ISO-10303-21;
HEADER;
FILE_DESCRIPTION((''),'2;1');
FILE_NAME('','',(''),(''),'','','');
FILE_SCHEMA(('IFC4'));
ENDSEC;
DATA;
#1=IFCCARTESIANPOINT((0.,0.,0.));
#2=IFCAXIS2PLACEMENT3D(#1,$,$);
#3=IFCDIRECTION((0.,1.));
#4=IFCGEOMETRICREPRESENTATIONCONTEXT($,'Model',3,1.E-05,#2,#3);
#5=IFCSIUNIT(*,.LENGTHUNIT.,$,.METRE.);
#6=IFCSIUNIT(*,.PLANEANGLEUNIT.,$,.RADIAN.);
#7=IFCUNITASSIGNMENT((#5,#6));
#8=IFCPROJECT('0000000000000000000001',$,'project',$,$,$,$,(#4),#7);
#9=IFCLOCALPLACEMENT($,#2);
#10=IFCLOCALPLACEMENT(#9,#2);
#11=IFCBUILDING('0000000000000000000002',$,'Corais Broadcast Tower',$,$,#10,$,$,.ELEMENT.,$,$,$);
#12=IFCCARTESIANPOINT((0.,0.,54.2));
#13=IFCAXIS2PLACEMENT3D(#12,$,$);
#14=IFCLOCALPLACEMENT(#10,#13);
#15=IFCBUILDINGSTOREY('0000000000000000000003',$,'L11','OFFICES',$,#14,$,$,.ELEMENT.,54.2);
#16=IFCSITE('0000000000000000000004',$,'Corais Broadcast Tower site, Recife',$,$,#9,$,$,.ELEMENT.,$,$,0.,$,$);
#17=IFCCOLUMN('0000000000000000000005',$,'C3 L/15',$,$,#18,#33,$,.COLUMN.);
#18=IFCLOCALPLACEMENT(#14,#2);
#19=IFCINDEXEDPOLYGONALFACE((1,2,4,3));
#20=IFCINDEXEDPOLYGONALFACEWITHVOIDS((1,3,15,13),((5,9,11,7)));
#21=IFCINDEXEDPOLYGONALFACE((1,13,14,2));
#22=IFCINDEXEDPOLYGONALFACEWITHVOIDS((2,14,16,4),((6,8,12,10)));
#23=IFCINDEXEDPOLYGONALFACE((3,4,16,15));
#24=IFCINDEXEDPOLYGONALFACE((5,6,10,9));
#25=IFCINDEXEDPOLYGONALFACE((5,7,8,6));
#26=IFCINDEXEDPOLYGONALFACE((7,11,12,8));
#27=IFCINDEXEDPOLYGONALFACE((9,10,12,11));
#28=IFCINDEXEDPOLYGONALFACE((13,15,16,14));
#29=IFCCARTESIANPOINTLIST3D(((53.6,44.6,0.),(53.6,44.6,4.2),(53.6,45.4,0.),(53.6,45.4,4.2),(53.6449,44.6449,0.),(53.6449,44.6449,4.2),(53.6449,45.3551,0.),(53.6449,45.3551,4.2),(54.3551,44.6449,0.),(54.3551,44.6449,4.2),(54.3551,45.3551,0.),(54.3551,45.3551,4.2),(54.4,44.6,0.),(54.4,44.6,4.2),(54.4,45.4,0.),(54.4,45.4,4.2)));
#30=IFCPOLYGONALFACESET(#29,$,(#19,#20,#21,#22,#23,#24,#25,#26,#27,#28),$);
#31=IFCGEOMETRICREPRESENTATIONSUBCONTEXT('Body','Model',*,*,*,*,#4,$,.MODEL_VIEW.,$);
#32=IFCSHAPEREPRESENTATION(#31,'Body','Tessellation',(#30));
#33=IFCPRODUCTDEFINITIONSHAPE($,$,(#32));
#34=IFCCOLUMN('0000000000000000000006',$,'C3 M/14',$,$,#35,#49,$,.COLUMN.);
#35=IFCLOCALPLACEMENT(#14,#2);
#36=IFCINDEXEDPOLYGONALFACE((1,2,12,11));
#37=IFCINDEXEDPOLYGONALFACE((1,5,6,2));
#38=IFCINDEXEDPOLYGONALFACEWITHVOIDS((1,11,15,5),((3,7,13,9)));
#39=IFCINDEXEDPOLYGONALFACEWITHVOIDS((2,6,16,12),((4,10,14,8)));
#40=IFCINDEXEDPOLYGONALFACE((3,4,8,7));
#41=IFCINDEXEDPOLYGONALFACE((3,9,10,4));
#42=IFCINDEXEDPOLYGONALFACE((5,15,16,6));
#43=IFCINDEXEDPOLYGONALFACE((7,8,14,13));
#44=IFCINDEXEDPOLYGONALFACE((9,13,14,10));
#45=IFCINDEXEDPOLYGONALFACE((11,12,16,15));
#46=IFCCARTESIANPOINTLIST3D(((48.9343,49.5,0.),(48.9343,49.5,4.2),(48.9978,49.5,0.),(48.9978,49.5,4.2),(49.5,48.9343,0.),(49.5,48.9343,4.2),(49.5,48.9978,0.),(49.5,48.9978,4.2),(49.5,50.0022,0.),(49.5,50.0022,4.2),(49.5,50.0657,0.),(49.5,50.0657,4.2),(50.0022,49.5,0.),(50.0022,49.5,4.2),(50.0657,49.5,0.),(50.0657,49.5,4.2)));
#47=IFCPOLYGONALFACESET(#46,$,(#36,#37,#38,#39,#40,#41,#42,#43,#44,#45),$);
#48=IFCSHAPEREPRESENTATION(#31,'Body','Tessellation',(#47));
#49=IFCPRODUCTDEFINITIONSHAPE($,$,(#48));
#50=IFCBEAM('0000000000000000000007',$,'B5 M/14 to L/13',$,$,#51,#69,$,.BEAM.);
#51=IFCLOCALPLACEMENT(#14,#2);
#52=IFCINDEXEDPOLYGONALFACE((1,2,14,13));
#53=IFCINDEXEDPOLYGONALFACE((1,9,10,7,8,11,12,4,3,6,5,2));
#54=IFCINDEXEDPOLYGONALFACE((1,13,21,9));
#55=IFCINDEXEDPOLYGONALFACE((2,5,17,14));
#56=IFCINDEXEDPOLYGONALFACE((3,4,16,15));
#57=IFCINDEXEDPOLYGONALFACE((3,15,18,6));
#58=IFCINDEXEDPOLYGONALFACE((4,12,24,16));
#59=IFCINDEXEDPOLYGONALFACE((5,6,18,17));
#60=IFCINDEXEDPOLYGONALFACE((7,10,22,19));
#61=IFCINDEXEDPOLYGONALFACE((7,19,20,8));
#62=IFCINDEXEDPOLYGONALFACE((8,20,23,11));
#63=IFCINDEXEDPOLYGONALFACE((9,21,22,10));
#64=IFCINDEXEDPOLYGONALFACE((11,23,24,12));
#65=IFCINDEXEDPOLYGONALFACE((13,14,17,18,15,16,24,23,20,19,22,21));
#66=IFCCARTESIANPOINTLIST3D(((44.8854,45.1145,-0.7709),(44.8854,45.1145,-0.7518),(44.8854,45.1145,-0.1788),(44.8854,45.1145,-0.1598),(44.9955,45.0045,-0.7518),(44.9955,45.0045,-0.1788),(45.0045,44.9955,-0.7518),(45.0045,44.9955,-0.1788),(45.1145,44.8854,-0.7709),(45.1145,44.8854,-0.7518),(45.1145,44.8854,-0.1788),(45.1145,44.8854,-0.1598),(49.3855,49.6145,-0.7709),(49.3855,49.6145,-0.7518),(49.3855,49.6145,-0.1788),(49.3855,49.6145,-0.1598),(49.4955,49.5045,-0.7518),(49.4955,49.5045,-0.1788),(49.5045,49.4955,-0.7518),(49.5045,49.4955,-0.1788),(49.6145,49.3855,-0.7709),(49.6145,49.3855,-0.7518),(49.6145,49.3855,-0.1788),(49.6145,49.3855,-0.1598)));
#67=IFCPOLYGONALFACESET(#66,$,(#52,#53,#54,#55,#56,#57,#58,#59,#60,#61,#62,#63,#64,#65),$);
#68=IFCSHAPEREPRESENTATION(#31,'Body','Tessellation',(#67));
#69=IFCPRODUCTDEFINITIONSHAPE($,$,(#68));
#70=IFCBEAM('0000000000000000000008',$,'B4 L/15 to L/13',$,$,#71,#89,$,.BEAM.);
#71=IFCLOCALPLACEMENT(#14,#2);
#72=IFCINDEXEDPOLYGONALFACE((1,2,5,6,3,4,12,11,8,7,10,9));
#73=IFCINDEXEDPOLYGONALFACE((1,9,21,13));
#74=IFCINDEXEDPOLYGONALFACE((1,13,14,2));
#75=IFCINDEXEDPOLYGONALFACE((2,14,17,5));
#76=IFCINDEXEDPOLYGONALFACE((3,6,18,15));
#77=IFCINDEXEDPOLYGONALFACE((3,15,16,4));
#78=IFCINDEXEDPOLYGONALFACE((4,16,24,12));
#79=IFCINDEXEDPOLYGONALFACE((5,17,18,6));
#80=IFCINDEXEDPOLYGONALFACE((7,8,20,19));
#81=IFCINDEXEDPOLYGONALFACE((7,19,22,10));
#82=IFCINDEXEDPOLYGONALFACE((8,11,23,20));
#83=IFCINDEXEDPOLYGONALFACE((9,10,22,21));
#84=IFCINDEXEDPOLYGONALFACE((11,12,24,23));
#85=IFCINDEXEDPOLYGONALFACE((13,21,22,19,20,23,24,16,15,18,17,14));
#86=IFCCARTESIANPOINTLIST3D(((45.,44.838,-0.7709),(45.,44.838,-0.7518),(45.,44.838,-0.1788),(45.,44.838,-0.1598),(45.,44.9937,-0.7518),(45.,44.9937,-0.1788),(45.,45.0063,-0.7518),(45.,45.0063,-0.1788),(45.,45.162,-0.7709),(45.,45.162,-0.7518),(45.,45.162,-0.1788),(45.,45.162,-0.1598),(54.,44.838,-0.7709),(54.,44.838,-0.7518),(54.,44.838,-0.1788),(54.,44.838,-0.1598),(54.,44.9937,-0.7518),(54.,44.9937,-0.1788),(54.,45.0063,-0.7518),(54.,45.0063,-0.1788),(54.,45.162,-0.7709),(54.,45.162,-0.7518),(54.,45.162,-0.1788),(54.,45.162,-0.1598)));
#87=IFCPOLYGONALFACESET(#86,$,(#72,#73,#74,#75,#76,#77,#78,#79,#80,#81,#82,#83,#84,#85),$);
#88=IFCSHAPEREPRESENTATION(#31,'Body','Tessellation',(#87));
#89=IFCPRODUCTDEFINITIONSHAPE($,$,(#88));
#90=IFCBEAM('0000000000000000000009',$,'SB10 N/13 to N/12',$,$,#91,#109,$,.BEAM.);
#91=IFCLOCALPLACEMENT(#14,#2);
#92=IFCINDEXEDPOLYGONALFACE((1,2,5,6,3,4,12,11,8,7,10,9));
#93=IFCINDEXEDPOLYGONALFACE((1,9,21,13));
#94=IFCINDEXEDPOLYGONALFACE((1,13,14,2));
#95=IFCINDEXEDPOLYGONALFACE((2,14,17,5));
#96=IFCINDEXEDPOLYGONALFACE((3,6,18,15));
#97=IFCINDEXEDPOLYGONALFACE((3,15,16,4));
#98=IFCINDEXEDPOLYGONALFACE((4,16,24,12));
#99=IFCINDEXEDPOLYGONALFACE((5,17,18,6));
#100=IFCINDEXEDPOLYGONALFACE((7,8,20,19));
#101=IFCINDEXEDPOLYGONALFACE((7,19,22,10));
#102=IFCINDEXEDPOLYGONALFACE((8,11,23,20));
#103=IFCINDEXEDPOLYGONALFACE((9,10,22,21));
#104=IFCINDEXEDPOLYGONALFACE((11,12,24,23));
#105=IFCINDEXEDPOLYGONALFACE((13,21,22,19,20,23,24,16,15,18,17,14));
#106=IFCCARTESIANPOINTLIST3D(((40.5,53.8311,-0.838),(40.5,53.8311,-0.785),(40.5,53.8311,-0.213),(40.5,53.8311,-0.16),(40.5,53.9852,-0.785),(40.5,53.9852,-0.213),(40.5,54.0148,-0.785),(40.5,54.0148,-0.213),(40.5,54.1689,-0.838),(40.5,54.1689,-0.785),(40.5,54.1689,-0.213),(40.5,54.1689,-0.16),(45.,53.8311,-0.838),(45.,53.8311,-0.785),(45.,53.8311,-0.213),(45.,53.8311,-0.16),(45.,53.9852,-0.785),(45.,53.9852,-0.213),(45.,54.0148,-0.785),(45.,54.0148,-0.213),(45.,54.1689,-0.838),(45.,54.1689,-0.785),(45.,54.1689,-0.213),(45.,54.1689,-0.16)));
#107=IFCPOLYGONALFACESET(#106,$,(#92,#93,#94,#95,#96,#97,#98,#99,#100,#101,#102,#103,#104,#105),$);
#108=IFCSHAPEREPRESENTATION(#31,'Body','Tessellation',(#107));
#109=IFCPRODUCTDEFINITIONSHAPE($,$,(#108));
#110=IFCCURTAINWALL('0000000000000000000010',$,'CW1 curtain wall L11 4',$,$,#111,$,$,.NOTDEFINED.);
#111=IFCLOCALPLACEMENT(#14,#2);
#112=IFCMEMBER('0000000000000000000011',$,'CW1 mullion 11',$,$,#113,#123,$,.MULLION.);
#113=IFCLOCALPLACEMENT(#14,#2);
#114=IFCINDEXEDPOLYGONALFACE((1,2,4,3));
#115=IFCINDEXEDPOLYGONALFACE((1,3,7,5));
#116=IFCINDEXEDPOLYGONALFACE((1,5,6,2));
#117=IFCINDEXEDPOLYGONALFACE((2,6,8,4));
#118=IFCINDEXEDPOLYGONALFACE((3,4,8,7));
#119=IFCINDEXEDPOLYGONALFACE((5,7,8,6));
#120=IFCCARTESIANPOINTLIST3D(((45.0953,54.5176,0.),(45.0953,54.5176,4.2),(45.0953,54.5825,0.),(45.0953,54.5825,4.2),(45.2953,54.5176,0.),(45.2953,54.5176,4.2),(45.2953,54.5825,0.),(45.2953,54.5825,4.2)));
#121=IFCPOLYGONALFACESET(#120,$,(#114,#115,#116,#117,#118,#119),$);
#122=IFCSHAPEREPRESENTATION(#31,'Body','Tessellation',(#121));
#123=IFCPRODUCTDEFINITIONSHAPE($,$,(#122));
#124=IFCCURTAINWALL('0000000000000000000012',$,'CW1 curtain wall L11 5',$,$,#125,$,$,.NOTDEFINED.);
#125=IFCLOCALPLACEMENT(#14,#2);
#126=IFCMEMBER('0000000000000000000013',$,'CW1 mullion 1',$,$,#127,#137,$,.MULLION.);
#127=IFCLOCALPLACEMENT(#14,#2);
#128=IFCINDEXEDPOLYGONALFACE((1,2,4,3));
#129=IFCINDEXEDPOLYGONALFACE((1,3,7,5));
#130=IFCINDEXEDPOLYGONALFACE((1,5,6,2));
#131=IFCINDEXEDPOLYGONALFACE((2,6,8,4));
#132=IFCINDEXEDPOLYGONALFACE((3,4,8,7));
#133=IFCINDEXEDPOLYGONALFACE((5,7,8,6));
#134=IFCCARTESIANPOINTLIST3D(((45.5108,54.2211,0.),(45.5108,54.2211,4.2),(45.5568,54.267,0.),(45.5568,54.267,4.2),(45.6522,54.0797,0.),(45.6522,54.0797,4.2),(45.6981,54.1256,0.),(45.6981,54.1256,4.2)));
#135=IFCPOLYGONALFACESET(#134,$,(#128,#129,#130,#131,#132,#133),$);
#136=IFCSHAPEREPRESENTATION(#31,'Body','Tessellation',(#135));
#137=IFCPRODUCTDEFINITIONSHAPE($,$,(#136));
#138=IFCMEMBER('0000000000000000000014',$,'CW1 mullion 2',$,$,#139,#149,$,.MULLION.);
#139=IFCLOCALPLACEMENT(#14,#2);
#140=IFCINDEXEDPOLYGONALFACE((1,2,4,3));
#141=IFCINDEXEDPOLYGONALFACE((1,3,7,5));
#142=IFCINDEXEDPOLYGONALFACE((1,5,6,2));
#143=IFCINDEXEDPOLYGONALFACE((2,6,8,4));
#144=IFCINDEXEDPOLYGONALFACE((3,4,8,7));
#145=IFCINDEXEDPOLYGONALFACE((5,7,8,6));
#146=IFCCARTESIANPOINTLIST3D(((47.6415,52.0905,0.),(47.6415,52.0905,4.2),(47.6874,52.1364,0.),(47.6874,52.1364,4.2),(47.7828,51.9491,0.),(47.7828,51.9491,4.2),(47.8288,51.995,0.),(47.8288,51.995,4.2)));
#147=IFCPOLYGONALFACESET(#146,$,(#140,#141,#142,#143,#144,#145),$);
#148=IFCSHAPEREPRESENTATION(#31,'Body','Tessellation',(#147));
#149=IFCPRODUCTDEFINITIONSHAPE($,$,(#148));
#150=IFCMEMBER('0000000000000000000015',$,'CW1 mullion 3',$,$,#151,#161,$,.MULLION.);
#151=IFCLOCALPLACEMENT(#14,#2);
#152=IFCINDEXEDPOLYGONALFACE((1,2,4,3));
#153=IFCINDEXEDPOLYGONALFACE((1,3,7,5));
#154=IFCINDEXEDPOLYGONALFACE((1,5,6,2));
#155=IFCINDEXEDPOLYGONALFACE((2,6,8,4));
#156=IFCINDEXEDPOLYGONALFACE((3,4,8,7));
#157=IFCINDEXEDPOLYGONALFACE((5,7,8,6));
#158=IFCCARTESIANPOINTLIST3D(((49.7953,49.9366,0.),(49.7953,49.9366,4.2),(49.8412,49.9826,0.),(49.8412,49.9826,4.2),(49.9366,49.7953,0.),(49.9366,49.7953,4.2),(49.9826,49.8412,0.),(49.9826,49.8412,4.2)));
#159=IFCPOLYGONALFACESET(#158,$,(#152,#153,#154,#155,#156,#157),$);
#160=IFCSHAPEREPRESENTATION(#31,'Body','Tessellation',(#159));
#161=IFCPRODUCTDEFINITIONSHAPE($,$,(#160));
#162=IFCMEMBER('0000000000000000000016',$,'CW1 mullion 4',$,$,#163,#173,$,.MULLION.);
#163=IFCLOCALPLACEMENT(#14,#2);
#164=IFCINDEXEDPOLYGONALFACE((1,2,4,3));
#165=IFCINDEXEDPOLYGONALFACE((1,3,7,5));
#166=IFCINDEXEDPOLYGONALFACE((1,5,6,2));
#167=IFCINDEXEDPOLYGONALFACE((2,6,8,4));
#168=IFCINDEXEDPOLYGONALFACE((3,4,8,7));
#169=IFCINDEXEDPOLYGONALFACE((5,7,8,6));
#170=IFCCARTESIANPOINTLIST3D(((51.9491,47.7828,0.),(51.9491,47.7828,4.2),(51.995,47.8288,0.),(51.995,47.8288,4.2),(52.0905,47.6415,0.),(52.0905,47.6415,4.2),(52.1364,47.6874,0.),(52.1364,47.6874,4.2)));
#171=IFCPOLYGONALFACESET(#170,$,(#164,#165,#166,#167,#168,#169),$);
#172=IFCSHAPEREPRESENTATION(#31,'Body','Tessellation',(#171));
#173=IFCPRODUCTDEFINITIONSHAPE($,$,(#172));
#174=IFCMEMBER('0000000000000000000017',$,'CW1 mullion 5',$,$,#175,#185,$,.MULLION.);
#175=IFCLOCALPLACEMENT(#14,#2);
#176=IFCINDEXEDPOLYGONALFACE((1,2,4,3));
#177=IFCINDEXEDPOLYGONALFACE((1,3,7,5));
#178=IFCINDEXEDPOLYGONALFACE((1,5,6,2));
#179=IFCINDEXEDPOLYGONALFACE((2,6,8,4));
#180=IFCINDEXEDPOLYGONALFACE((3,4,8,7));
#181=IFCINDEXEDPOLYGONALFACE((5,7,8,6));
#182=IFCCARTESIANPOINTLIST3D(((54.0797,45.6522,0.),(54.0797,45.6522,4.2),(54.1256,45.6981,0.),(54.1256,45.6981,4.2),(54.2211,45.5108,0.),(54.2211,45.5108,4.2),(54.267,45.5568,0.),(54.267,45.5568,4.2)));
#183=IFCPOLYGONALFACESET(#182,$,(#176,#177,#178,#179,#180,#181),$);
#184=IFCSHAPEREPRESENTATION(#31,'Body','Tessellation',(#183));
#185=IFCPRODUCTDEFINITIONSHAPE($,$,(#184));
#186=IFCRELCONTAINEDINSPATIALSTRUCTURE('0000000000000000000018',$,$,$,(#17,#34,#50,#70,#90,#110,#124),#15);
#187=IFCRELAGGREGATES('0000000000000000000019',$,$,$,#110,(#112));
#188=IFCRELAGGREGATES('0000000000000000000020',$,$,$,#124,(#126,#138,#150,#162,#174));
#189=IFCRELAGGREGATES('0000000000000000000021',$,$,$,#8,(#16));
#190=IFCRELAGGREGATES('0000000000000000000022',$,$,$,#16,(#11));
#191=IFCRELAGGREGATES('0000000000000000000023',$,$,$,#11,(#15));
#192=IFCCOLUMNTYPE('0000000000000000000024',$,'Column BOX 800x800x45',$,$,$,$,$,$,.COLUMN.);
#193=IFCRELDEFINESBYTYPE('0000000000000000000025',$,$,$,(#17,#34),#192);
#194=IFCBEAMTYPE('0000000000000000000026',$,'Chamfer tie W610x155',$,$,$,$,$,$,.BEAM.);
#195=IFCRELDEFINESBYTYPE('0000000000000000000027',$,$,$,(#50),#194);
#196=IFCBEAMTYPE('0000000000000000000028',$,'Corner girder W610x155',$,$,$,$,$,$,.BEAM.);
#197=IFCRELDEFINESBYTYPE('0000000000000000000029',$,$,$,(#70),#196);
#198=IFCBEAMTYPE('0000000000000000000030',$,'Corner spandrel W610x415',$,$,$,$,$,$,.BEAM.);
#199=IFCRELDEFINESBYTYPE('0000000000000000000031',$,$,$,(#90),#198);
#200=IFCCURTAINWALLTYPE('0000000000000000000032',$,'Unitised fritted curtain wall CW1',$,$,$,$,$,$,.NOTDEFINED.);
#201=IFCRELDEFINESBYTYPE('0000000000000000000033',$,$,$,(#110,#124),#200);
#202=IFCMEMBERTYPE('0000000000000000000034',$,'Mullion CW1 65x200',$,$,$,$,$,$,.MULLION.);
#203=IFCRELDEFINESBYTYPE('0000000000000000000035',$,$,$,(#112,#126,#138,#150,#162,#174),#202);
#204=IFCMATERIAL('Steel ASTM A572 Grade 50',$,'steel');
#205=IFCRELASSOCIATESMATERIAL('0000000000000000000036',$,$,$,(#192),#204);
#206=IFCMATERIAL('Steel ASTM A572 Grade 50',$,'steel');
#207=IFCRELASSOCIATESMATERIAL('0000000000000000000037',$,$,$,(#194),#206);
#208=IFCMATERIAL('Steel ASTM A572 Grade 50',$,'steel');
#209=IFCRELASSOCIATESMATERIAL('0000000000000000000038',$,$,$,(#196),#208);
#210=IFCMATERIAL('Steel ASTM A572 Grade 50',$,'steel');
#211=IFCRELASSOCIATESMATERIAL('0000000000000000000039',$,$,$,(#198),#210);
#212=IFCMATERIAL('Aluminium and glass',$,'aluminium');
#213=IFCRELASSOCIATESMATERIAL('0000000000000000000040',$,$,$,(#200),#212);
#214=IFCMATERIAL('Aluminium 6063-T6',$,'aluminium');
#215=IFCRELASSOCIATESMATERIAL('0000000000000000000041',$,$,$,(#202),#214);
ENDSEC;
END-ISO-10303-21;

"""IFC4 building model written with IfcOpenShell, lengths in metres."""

from ifc_helpers import new_model, si_unit, direction, frame, origin, origin_2d, place, context, subcontext, project, spatial, rectangle, hollow_rectangle, i_section, extrude, material, material_profile, profile_set, type_object, element, aggregate, save


model = new_model("IFC4")

# Units and contexts
model_context = context("Model", 3, precision=1e-05, world=origin(), true_north=direction((0.0, 1.0)))
body_context = subcontext(model_context, "Body", "Model", "MODEL_VIEW")
ifc_project = project(units=[si_unit("LENGTHUNIT", "METRE"), si_unit("PLANEANGLEUNIT", "RADIAN")], contexts=[model_context])

# Site, building, storey
site_placement = place(None, origin())
site = spatial("IfcSite", under=ifc_project, at=site_placement, Name="Corais Broadcast Tower site, Recife", CompositionType="ELEMENT", RefElevation=0.0)
building_placement = place(site_placement, origin())
building = spatial("IfcBuilding", under=site, at=building_placement, Name="Corais Broadcast Tower", CompositionType="ELEMENT")
storey_placement = place(building_placement, frame((0.0, 0.0, 54.2)))
storey = spatial("IfcBuildingStorey", under=building, at=storey_placement, Name="L11", Description="OFFICES", CompositionType="ELEMENT", Elevation=54.2)

# Columns
ifc_material_1 = material(Name="Steel ASTM A572 Grade 50", Category="steel")
ifc_material_profile_1 = material_profile(ifc_material_1, hollow_rectangle(XDim=0.8, YDim=0.8, WallThickness=0.0449, at=origin_2d()), Name="BOX 800x800x45")
ifc_profile_set_1 = profile_set([ifc_material_profile_1], Name="Steel ASTM A572 Grade 50")
column_type = type_object("IfcColumnType", Name="Column BOX 800x800x45", PredefinedType="COLUMN", material=ifc_profile_set_1)
for number, where, z_axis, x_axis, name in (
    (1, (54.0, 45.0, 0.0), (0.0, 0.0, 1.0), (1.0, 0.0, 0.0), "C3 L/15"),
    (2, (49.5, 49.5, 0.0), (0.0, 0.0, 1.0), (0.707107, 0.707107, 0.0), "C3 M/14"),
):
    element("IfcColumn", number, at=place(storey_placement, frame(where, z_axis=z_axis, x_axis=x_axis)), inside=storey, type_object=column_type, Name=name, PredefinedType="COLUMN", context=body_context, shape_type="SweptSolid", body=[
        extrude(hollow_rectangle(XDim=0.8, YDim=0.8, WallThickness=0.0449, at=origin_2d()), origin(), (0.0, 0.0, 1.0), 4.2),
    ])

# Beams
ifc_material_2 = material(Name="Steel ASTM A572 Grade 50", Category="steel")
ifc_material_profile_2 = material_profile(ifc_material_2, i_section(OverallWidth=0.324, OverallDepth=0.6111, WebThickness=0.0127, FlangeThickness=0.019, at=origin_2d()), Name="W610x155")
ifc_profile_set_2 = profile_set([ifc_material_profile_2], Name="Steel ASTM A572 Grade 50")
beam_type_1 = type_object("IfcBeamType", Name="Chamfer tie W610x155", PredefinedType="BEAM", material=ifc_profile_set_2)
beam_1_placement = place(storey_placement, frame((49.5, 49.5, -0.4653), z_axis=(-0.707107, -0.707107, 0.0), x_axis=(0.707107, -0.707107, 0.0)))
element("IfcBeam", 3, at=beam_1_placement, inside=storey, type_object=beam_type_1, Name="B5 M/14 to L/13", PredefinedType="BEAM", context=body_context, shape_type="SweptSolid", body=[
    extrude(i_section(OverallWidth=0.324, OverallDepth=0.6111, WebThickness=0.0127, FlangeThickness=0.019, at=origin_2d()), origin(), (0.0, 0.0, 1.0), 6.364),
])
ifc_material_3 = material(Name="Steel ASTM A572 Grade 50", Category="steel")
ifc_material_profile_3 = material_profile(ifc_material_3, i_section(OverallWidth=0.324, OverallDepth=0.6111, WebThickness=0.0127, FlangeThickness=0.019, at=origin_2d()), Name="W610x155")
ifc_profile_set_3 = profile_set([ifc_material_profile_3], Name="Steel ASTM A572 Grade 50")
beam_type_2 = type_object("IfcBeamType", Name="Corner girder W610x155", PredefinedType="BEAM", material=ifc_profile_set_3)
beam_2_placement = place(storey_placement, frame((54.0, 45.0, -0.4653), z_axis=(-1.0, 0.0, 0.0), x_axis=(0.0, -1.0, 0.0)))
element("IfcBeam", 4, at=beam_2_placement, inside=storey, type_object=beam_type_2, Name="B4 L/15 to L/13", PredefinedType="BEAM", context=body_context, shape_type="SweptSolid", body=[
    extrude(i_section(OverallWidth=0.324, OverallDepth=0.6111, WebThickness=0.0127, FlangeThickness=0.019, at=origin_2d()), origin(), (0.0, 0.0, 1.0), 9.0),
])
ifc_material_4 = material(Name="Steel ASTM A572 Grade 50", Category="steel")
ifc_material_profile_4 = material_profile(ifc_material_4, i_section(OverallWidth=0.3379, OverallDepth=0.678, WebThickness=0.0295, FlangeThickness=0.053, at=origin_2d()), Name="W610x415")
ifc_profile_set_4 = profile_set([ifc_material_profile_4], Name="Steel ASTM A572 Grade 50")
beam_type_3 = type_object("IfcBeamType", Name="Corner spandrel W610x415", PredefinedType="BEAM", material=ifc_profile_set_4)
beam_3_placement = place(storey_placement, frame((45.0, 54.0, -0.499), z_axis=(-1.0, 0.0, 0.0), x_axis=(0.0, -1.0, 0.0)))
element("IfcBeam", 5, at=beam_3_placement, inside=storey, type_object=beam_type_3, Name="SB10 N/13 to N/12", PredefinedType="BEAM", context=body_context, shape_type="SweptSolid", body=[
    extrude(i_section(OverallWidth=0.3379, OverallDepth=0.678, WebThickness=0.0295, FlangeThickness=0.053, at=origin_2d()), origin(), (0.0, 0.0, 1.0), 4.5),
])

# Curtain wall, member
ifc_material_5 = material(Name="Aluminium and glass", Category="aluminium")
curtain_wall_type = type_object("IfcCurtainWallType", Name="Unitised fritted curtain wall CW1", PredefinedType="NOTDEFINED", material=ifc_material_5)
curtain_wall_1_placement = place(storey_placement, origin())
curtain_wall_1 = element("IfcCurtainWall", 6, at=curtain_wall_1_placement, inside=storey, type_object=curtain_wall_type, Name="CW1 curtain wall L11 4", PredefinedType="NOTDEFINED")
ifc_material_6 = material(Name="Aluminium 6063-T6", Category="aluminium")
ifc_material_profile_5 = material_profile(ifc_material_6, rectangle(XDim=0.0649, YDim=0.2, at=origin_2d()), Name="Mullion CW1 65x200")
ifc_profile_set_5 = profile_set([ifc_material_profile_5], Name="Aluminium 6063-T6")
member_type_1 = type_object("IfcMemberType", Name="Mullion CW1 65x200", PredefinedType="MULLION", material=ifc_profile_set_5)
member_1_placement = place(storey_placement, frame((45.1953, 54.55, 0.0), z_axis=(0.0, 0.0, 1.0), x_axis=(0.0, 1.0, 0.0)))
member_1 = element("IfcMember", 7, at=member_1_placement, type_object=member_type_1, Name="CW1 mullion 11", PredefinedType="MULLION", context=body_context, shape_type="SweptSolid", body=[
    extrude(rectangle(XDim=0.0649, YDim=0.2, at=origin_2d()), origin(), (0.0, 0.0, 1.0), 4.2),
])
aggregate(curtain_wall_1, [member_1])

# Curtain wall, members
curtain_wall_2_placement = place(storey_placement, origin())
curtain_wall_2 = element("IfcCurtainWall", 8, at=curtain_wall_2_placement, inside=storey, type_object=curtain_wall_type, Name="CW1 curtain wall L11 5", PredefinedType="NOTDEFINED")
member_2_placement = place(storey_placement, frame((45.6045, 54.1733, 0.0), z_axis=(0.0, 0.0, 1.0), x_axis=(0.707107, 0.707107, 0.0)))
member_2 = element("IfcMember", 9, at=member_2_placement, type_object=member_type_1, Name="CW1 mullion 1", PredefinedType="MULLION", context=body_context, shape_type="SweptSolid", body=[
    extrude(rectangle(XDim=0.0649, YDim=0.2, at=origin_2d()), origin(), (0.0, 0.0, 1.0), 4.2),
])
member_3_placement = place(storey_placement, frame((47.7351, 52.0427, 0.0), z_axis=(0.0, 0.0, 1.0), x_axis=(0.707107, 0.707107, 0.0)))
member_3 = element("IfcMember", 10, at=member_3_placement, type_object=member_type_1, Name="CW1 mullion 2", PredefinedType="MULLION", context=body_context, shape_type="SweptSolid", body=[
    extrude(rectangle(XDim=0.0649, YDim=0.2, at=origin_2d()), origin(), (0.0, 0.0, 1.0), 4.2),
])
member_4_placement = place(storey_placement, frame((49.8889, 49.8889, 0.0), z_axis=(0.0, 0.0, 1.0), x_axis=(0.707107, 0.707107, 0.0)))
member_4 = element("IfcMember", 11, at=member_4_placement, type_object=member_type_1, Name="CW1 mullion 3", PredefinedType="MULLION", context=body_context, shape_type="SweptSolid", body=[
    extrude(rectangle(XDim=0.0649, YDim=0.2, at=origin_2d()), origin(), (0.0, 0.0, 1.0), 4.2),
])
member_5_placement = place(storey_placement, frame((52.0427, 47.7351, 0.0), z_axis=(0.0, 0.0, 1.0), x_axis=(0.707107, 0.707107, 0.0)))
member_5 = element("IfcMember", 12, at=member_5_placement, type_object=member_type_1, Name="CW1 mullion 4", PredefinedType="MULLION", context=body_context, shape_type="SweptSolid", body=[
    extrude(rectangle(XDim=0.0649, YDim=0.2, at=origin_2d()), origin(), (0.0, 0.0, 1.0), 4.2),
])
member_6_placement = place(storey_placement, frame((54.1733, 45.6045, 0.0), z_axis=(0.0, 0.0, 1.0), x_axis=(0.707107, 0.707107, 0.0)))
member_6 = element("IfcMember", 13, at=member_6_placement, type_object=member_type_1, Name="CW1 mullion 5", PredefinedType="MULLION", context=body_context, shape_type="SweptSolid", body=[
    extrude(rectangle(XDim=0.0649, YDim=0.2, at=origin_2d()), origin(), (0.0, 0.0, 1.0), 4.2),
])

aggregate(curtain_wall_2, [member_2, member_3, member_4, member_5, member_6])

save(model, "model.ifc")
